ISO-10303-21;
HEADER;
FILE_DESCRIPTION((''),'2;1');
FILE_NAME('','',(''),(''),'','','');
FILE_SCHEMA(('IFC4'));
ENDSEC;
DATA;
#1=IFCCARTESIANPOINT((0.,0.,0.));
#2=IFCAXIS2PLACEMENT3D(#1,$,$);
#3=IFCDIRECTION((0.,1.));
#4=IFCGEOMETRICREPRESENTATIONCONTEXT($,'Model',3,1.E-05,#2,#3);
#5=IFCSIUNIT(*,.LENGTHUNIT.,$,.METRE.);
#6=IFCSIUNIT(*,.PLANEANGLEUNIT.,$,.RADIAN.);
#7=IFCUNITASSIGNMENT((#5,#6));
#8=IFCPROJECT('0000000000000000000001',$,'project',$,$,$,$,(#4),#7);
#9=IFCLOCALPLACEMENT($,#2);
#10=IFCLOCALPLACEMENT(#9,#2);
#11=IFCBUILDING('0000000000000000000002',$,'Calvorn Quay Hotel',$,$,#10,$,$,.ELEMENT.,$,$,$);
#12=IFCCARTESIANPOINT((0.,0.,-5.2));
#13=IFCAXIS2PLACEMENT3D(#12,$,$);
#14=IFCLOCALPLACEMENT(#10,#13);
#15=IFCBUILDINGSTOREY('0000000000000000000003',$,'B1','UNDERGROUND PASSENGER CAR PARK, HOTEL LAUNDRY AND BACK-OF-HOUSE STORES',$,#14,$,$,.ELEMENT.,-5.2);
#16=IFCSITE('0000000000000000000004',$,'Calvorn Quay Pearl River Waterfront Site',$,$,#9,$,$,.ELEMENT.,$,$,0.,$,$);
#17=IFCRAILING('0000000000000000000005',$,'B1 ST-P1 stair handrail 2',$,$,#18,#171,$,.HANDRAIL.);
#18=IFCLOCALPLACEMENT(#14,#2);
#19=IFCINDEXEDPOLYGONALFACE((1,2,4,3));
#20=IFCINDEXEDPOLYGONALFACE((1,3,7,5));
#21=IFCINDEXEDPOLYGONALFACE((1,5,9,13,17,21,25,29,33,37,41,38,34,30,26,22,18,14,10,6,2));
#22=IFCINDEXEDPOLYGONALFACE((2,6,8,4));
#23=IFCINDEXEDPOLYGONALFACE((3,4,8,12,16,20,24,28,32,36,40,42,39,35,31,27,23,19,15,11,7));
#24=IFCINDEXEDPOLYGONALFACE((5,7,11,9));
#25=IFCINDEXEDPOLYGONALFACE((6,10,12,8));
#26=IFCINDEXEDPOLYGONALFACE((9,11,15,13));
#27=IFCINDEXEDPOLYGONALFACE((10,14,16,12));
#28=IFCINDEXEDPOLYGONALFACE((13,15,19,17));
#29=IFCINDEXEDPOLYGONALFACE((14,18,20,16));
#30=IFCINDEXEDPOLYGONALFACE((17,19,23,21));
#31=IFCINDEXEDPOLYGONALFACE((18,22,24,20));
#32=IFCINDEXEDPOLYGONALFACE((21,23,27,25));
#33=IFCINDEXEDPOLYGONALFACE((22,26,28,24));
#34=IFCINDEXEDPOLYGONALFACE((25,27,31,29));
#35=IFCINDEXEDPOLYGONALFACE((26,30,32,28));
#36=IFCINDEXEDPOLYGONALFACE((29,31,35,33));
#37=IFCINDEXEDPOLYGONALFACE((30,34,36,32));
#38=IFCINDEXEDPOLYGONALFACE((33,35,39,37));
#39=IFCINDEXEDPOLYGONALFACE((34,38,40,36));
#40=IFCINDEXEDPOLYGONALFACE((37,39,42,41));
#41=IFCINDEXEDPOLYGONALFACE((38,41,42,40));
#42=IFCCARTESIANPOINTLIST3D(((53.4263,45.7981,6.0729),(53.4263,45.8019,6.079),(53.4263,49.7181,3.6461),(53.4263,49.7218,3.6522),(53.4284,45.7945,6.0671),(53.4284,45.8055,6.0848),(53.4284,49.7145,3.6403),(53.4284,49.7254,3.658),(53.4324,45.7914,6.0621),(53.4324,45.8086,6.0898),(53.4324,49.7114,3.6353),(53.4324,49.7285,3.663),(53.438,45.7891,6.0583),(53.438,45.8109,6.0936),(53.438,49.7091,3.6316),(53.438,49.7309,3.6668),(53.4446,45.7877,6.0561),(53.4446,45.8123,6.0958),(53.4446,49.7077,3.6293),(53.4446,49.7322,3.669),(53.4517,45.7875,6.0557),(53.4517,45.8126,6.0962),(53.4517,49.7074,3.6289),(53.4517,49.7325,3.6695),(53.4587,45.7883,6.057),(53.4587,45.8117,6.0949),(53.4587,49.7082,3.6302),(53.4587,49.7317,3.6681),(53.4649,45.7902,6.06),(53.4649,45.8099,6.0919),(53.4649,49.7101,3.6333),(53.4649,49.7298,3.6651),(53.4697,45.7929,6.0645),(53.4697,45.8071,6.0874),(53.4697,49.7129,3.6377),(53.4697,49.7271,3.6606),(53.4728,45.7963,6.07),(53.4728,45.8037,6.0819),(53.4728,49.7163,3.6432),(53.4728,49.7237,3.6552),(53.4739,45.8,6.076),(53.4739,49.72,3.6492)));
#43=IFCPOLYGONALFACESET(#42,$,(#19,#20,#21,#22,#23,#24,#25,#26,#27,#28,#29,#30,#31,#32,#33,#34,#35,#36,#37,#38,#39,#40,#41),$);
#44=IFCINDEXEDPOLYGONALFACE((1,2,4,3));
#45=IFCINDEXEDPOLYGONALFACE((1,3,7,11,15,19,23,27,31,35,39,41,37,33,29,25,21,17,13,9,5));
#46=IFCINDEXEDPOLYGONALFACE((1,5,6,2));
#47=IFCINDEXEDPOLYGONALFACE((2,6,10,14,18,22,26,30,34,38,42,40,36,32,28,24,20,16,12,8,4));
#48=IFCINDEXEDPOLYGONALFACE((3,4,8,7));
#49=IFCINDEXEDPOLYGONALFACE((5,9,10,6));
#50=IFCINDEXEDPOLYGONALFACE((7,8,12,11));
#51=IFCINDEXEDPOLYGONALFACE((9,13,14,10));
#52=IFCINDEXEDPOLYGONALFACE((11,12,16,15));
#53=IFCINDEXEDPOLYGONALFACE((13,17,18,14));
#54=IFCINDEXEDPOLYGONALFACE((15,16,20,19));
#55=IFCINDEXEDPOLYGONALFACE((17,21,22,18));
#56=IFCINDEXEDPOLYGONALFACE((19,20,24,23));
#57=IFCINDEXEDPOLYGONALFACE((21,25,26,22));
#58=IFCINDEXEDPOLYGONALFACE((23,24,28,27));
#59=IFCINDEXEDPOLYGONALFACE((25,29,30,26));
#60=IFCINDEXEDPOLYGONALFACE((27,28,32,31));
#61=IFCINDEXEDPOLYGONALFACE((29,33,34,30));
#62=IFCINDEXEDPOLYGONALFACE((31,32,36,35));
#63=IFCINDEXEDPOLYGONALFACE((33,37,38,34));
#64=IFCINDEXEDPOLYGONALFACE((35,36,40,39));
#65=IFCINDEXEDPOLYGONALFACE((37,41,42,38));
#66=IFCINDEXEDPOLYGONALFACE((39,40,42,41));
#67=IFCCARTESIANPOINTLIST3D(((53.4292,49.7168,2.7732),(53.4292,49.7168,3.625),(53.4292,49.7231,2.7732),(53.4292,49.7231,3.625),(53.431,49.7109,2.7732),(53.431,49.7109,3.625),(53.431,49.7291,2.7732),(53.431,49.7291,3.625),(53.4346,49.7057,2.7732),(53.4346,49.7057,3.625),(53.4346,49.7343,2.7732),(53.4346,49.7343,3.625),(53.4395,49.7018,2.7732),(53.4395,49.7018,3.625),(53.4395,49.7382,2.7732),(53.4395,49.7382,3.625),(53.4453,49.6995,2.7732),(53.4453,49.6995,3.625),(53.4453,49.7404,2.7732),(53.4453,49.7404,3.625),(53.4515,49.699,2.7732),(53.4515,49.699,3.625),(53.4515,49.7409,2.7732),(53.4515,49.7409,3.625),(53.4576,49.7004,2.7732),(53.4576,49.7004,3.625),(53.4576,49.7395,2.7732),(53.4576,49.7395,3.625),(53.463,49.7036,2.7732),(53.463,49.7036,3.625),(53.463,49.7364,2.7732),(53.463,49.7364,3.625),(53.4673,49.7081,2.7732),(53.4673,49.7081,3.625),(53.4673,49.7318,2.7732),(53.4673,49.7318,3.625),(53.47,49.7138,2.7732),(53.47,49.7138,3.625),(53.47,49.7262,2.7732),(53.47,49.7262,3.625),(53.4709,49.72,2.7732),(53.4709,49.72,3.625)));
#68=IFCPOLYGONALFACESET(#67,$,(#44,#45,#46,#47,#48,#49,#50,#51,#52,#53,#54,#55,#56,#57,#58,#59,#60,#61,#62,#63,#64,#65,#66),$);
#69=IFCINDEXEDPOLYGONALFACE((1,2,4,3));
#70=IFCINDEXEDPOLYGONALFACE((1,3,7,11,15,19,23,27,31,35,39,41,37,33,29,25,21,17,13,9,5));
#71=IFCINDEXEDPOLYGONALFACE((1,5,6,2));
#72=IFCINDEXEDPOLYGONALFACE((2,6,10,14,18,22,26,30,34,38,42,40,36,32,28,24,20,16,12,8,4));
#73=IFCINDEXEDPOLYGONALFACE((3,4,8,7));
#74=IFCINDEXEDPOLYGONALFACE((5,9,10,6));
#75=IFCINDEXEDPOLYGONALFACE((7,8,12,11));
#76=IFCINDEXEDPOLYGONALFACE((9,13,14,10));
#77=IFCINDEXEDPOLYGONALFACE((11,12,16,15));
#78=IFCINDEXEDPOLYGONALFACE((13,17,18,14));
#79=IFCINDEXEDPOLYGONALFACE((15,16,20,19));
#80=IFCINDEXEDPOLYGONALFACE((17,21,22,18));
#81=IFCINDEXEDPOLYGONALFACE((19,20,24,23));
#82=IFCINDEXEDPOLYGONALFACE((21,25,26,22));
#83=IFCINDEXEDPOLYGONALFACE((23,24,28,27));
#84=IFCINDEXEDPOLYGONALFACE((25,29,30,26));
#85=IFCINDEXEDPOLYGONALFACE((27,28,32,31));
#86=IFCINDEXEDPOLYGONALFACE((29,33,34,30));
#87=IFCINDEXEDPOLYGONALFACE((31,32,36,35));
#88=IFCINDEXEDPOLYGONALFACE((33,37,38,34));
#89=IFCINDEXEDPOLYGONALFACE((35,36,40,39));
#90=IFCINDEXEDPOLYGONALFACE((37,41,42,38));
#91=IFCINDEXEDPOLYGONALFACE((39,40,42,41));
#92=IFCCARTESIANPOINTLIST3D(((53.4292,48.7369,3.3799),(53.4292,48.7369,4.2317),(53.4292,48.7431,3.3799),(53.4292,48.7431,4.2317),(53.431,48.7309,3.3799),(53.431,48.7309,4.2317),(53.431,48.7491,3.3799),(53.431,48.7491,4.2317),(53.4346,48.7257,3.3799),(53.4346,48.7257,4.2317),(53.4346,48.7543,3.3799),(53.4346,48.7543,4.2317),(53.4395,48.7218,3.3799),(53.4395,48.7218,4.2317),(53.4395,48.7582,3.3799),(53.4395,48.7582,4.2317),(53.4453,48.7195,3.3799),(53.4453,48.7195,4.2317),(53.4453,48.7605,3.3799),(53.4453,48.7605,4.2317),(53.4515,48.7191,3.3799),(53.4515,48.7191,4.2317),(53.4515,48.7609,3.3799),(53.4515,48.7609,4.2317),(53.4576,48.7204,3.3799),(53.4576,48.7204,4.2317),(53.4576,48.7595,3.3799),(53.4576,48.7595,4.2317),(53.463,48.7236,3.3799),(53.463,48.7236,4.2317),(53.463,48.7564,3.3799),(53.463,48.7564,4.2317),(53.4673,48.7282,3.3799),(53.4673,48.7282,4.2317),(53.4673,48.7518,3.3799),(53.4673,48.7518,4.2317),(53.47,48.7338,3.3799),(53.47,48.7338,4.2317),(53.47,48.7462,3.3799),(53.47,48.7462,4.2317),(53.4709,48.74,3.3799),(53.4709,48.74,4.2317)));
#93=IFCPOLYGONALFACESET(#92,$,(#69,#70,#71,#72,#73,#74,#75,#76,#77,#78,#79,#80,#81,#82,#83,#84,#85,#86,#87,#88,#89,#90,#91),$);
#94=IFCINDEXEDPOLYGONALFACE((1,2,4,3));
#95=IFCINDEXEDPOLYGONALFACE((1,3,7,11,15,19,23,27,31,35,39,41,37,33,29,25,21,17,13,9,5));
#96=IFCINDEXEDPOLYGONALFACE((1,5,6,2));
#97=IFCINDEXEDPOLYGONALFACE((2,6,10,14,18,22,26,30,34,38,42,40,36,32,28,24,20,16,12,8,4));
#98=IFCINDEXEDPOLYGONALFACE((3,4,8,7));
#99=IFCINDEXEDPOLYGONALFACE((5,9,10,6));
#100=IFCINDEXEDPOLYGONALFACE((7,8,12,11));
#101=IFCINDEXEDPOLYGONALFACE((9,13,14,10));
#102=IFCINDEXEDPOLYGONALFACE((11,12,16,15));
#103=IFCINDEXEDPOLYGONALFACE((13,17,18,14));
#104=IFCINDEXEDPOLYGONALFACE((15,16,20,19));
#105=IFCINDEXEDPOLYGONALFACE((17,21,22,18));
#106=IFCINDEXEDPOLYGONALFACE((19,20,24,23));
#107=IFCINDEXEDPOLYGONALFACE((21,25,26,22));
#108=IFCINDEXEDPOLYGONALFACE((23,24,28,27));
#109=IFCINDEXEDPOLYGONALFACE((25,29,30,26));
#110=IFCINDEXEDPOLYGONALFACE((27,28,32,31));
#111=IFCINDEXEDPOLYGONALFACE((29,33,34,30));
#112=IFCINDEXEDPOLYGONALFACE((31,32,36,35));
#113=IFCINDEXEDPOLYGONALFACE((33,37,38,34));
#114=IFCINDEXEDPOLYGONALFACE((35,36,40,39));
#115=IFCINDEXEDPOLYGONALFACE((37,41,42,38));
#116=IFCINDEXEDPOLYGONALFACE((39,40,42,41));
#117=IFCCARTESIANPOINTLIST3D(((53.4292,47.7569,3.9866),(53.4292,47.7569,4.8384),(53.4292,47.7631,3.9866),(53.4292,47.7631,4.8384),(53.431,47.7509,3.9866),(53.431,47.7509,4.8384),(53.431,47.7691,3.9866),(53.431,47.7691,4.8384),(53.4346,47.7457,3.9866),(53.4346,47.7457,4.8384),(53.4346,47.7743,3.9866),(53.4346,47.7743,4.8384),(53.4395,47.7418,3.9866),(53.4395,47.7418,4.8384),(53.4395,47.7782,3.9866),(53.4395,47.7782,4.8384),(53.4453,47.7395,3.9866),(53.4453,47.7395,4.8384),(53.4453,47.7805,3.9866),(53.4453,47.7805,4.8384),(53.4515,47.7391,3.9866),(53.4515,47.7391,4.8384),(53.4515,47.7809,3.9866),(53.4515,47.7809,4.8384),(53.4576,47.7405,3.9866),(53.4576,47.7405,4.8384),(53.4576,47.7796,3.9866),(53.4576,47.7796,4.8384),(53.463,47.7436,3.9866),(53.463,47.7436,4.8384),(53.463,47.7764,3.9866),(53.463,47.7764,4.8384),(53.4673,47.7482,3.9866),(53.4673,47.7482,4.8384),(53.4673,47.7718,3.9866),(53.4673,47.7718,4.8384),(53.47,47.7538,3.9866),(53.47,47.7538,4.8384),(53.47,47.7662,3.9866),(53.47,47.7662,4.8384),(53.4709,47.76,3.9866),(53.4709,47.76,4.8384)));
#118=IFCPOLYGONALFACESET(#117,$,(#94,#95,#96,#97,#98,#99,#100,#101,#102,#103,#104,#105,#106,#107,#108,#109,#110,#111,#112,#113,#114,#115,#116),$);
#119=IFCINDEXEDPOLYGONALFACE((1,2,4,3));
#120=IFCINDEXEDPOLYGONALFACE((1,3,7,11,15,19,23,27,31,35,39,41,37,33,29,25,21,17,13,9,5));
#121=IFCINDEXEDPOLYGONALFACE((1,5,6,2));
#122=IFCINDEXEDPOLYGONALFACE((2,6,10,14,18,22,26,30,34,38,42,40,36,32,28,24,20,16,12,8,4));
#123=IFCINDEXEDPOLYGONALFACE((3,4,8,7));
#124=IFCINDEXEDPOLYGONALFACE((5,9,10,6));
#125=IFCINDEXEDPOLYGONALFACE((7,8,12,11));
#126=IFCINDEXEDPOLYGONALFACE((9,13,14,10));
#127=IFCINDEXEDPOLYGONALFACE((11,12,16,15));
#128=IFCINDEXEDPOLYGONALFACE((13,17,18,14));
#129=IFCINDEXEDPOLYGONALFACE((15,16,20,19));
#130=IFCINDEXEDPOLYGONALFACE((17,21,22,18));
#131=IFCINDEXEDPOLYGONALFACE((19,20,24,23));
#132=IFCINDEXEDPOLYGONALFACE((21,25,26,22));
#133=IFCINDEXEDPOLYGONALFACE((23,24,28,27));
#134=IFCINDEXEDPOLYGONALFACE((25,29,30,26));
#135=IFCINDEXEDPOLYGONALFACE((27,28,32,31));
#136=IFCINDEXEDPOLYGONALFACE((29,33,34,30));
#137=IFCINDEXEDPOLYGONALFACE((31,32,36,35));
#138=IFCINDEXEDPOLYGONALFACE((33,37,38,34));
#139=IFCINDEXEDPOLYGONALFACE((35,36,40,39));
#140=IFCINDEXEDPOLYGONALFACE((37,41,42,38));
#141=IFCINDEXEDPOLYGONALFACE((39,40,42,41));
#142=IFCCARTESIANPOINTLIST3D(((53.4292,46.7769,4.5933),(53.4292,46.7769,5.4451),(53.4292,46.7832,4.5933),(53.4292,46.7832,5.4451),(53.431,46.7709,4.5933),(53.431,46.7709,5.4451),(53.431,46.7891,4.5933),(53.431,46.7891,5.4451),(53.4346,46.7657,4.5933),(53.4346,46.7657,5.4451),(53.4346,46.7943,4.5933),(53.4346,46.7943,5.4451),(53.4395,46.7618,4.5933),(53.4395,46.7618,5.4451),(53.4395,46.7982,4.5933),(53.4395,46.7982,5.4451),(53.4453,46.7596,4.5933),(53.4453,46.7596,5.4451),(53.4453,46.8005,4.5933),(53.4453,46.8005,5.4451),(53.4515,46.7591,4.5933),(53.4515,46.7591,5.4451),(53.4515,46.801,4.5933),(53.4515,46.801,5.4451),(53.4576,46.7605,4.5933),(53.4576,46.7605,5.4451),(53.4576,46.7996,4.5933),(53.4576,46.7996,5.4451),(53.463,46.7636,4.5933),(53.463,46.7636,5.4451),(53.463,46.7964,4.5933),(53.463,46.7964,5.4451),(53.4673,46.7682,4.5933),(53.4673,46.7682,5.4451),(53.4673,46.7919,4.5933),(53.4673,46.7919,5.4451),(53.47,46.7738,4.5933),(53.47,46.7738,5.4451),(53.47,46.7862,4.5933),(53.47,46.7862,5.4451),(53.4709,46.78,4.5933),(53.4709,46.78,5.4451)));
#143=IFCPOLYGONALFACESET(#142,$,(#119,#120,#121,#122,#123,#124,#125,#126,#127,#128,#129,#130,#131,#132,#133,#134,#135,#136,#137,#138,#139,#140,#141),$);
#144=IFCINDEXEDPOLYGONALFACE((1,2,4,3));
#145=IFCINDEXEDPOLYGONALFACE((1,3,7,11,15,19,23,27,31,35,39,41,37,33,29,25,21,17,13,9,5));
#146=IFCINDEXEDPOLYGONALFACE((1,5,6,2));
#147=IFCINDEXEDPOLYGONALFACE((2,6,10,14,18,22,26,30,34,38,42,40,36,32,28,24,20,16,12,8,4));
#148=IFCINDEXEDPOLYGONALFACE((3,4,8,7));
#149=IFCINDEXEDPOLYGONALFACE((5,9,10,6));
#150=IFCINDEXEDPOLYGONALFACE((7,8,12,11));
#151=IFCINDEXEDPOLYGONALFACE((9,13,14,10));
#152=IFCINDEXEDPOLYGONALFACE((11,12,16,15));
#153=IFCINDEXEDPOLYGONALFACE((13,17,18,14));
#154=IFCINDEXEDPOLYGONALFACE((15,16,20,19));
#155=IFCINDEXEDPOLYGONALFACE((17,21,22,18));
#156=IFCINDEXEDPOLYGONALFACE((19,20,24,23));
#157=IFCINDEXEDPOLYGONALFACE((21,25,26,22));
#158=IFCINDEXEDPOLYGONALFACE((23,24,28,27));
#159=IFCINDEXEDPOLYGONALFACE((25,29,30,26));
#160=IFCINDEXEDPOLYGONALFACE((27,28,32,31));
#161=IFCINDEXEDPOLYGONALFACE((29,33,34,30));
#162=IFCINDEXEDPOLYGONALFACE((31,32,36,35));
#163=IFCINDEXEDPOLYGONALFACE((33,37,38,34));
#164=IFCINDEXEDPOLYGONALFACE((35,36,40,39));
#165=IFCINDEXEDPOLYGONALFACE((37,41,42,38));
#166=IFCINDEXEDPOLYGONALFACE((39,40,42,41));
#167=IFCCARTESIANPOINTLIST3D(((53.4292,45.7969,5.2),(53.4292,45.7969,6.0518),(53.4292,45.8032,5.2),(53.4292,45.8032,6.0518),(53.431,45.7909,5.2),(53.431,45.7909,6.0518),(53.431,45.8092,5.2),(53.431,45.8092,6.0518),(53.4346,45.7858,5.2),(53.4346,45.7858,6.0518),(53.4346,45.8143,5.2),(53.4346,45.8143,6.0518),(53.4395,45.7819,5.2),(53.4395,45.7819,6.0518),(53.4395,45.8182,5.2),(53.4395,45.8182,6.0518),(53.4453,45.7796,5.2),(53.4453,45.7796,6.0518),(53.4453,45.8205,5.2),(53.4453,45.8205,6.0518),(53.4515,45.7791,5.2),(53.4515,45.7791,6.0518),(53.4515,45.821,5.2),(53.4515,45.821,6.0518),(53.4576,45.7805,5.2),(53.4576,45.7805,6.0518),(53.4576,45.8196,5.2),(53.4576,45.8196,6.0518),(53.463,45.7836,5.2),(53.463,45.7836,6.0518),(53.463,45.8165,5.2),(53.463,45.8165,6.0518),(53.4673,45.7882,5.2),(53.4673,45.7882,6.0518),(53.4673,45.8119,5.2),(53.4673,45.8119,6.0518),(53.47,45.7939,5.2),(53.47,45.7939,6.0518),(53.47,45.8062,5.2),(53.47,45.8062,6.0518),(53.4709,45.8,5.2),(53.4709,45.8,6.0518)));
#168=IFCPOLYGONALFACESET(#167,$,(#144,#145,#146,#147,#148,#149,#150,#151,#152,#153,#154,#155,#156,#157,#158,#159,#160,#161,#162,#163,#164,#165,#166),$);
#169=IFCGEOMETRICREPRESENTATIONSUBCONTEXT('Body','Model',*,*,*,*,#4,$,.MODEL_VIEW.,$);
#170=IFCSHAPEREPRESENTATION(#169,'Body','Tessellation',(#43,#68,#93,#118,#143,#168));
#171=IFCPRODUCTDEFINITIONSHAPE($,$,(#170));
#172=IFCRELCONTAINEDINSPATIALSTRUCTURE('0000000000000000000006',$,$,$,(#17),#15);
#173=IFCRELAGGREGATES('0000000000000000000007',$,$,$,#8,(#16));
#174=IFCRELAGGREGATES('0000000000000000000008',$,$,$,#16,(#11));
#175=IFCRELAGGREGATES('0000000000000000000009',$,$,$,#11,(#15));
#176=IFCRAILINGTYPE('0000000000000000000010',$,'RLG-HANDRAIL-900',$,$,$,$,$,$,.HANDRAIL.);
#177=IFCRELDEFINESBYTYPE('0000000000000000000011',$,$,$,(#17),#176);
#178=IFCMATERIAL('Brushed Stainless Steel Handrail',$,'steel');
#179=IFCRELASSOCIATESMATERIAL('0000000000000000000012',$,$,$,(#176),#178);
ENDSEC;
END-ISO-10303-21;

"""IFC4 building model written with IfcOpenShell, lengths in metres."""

from ifc_helpers import new_model, si_unit, direction, frame, origin, origin_2d, place, context, subcontext, project, spatial, circle, extrude, material, type_object, element, save


model = new_model("IFC4")

# Units and contexts
model_context = context("Model", 3, precision=1e-05, world=origin(), true_north=direction((0.0, 1.0)))
body_context = subcontext(model_context, "Body", "Model", "MODEL_VIEW")
ifc_project = project(units=[si_unit("LENGTHUNIT", "METRE"), si_unit("PLANEANGLEUNIT", "RADIAN")], contexts=[model_context])

# Site, building, storey
site_placement = place(None, origin())
site = spatial("IfcSite", under=ifc_project, at=site_placement, Name="Calvorn Quay Pearl River Waterfront Site", CompositionType="ELEMENT", RefElevation=0.0)
building_placement = place(site_placement, origin())
building = spatial("IfcBuilding", under=site, at=building_placement, Name="Calvorn Quay Hotel", CompositionType="ELEMENT")
storey_placement = place(building_placement, frame((0.0, 0.0, -5.2)))
storey = spatial("IfcBuildingStorey", under=building, at=storey_placement, Name="B1", Description="UNDERGROUND PASSENGER CAR PARK, HOTEL LAUNDRY AND BACK-OF-HOUSE STORES", CompositionType="ELEMENT", Elevation=-5.2)

# Railing
ifc_material_1 = material(Name="Brushed Stainless Steel Handrail", Category="steel")
railing_type_1 = type_object("IfcRailingType", Name="RLG-HANDRAIL-900", PredefinedType="HANDRAIL", material=ifc_material_1)
railing_1_placement = place(storey_placement, frame((53.45, 49.72, 2.7732)))
element("IfcRailing", 1, at=railing_1_placement, inside=storey, type_object=railing_type_1, Name="B1 ST-P1 stair handrail 2", PredefinedType="HANDRAIL", context=body_context, shape_type="SweptSolid", body=[
    extrude(circle(Radius=0.0239, at=origin_2d()), frame((0.0, 0.0, 0.876), z_axis=(0.0, -0.850252, 0.526376), x_axis=(1.0, 0.0, 0.0)), (0.0, 0.0, 1.0), 4.6104),
    extrude(circle(Radius=0.021, at=origin_2d()), origin(), (0.0, 0.0, 1.0), 0.8518),
    extrude(circle(Radius=0.021, at=origin_2d()), frame((0.0, -0.98, 0.6067)), (0.0, 0.0, 1.0), 0.8518),
    extrude(circle(Radius=0.021, at=origin_2d()), frame((0.0, -1.96, 1.2134)), (0.0, 0.0, 1.0), 0.8518),
    extrude(circle(Radius=0.021, at=origin_2d()), frame((0.0, -2.9399, 1.8201)), (0.0, 0.0, 1.0), 0.8518),
    extrude(circle(Radius=0.021, at=origin_2d()), frame((0.0, -3.9199, 2.4268)), (0.0, 0.0, 1.0), 0.8518),
])

save(model, "model.ifc")
